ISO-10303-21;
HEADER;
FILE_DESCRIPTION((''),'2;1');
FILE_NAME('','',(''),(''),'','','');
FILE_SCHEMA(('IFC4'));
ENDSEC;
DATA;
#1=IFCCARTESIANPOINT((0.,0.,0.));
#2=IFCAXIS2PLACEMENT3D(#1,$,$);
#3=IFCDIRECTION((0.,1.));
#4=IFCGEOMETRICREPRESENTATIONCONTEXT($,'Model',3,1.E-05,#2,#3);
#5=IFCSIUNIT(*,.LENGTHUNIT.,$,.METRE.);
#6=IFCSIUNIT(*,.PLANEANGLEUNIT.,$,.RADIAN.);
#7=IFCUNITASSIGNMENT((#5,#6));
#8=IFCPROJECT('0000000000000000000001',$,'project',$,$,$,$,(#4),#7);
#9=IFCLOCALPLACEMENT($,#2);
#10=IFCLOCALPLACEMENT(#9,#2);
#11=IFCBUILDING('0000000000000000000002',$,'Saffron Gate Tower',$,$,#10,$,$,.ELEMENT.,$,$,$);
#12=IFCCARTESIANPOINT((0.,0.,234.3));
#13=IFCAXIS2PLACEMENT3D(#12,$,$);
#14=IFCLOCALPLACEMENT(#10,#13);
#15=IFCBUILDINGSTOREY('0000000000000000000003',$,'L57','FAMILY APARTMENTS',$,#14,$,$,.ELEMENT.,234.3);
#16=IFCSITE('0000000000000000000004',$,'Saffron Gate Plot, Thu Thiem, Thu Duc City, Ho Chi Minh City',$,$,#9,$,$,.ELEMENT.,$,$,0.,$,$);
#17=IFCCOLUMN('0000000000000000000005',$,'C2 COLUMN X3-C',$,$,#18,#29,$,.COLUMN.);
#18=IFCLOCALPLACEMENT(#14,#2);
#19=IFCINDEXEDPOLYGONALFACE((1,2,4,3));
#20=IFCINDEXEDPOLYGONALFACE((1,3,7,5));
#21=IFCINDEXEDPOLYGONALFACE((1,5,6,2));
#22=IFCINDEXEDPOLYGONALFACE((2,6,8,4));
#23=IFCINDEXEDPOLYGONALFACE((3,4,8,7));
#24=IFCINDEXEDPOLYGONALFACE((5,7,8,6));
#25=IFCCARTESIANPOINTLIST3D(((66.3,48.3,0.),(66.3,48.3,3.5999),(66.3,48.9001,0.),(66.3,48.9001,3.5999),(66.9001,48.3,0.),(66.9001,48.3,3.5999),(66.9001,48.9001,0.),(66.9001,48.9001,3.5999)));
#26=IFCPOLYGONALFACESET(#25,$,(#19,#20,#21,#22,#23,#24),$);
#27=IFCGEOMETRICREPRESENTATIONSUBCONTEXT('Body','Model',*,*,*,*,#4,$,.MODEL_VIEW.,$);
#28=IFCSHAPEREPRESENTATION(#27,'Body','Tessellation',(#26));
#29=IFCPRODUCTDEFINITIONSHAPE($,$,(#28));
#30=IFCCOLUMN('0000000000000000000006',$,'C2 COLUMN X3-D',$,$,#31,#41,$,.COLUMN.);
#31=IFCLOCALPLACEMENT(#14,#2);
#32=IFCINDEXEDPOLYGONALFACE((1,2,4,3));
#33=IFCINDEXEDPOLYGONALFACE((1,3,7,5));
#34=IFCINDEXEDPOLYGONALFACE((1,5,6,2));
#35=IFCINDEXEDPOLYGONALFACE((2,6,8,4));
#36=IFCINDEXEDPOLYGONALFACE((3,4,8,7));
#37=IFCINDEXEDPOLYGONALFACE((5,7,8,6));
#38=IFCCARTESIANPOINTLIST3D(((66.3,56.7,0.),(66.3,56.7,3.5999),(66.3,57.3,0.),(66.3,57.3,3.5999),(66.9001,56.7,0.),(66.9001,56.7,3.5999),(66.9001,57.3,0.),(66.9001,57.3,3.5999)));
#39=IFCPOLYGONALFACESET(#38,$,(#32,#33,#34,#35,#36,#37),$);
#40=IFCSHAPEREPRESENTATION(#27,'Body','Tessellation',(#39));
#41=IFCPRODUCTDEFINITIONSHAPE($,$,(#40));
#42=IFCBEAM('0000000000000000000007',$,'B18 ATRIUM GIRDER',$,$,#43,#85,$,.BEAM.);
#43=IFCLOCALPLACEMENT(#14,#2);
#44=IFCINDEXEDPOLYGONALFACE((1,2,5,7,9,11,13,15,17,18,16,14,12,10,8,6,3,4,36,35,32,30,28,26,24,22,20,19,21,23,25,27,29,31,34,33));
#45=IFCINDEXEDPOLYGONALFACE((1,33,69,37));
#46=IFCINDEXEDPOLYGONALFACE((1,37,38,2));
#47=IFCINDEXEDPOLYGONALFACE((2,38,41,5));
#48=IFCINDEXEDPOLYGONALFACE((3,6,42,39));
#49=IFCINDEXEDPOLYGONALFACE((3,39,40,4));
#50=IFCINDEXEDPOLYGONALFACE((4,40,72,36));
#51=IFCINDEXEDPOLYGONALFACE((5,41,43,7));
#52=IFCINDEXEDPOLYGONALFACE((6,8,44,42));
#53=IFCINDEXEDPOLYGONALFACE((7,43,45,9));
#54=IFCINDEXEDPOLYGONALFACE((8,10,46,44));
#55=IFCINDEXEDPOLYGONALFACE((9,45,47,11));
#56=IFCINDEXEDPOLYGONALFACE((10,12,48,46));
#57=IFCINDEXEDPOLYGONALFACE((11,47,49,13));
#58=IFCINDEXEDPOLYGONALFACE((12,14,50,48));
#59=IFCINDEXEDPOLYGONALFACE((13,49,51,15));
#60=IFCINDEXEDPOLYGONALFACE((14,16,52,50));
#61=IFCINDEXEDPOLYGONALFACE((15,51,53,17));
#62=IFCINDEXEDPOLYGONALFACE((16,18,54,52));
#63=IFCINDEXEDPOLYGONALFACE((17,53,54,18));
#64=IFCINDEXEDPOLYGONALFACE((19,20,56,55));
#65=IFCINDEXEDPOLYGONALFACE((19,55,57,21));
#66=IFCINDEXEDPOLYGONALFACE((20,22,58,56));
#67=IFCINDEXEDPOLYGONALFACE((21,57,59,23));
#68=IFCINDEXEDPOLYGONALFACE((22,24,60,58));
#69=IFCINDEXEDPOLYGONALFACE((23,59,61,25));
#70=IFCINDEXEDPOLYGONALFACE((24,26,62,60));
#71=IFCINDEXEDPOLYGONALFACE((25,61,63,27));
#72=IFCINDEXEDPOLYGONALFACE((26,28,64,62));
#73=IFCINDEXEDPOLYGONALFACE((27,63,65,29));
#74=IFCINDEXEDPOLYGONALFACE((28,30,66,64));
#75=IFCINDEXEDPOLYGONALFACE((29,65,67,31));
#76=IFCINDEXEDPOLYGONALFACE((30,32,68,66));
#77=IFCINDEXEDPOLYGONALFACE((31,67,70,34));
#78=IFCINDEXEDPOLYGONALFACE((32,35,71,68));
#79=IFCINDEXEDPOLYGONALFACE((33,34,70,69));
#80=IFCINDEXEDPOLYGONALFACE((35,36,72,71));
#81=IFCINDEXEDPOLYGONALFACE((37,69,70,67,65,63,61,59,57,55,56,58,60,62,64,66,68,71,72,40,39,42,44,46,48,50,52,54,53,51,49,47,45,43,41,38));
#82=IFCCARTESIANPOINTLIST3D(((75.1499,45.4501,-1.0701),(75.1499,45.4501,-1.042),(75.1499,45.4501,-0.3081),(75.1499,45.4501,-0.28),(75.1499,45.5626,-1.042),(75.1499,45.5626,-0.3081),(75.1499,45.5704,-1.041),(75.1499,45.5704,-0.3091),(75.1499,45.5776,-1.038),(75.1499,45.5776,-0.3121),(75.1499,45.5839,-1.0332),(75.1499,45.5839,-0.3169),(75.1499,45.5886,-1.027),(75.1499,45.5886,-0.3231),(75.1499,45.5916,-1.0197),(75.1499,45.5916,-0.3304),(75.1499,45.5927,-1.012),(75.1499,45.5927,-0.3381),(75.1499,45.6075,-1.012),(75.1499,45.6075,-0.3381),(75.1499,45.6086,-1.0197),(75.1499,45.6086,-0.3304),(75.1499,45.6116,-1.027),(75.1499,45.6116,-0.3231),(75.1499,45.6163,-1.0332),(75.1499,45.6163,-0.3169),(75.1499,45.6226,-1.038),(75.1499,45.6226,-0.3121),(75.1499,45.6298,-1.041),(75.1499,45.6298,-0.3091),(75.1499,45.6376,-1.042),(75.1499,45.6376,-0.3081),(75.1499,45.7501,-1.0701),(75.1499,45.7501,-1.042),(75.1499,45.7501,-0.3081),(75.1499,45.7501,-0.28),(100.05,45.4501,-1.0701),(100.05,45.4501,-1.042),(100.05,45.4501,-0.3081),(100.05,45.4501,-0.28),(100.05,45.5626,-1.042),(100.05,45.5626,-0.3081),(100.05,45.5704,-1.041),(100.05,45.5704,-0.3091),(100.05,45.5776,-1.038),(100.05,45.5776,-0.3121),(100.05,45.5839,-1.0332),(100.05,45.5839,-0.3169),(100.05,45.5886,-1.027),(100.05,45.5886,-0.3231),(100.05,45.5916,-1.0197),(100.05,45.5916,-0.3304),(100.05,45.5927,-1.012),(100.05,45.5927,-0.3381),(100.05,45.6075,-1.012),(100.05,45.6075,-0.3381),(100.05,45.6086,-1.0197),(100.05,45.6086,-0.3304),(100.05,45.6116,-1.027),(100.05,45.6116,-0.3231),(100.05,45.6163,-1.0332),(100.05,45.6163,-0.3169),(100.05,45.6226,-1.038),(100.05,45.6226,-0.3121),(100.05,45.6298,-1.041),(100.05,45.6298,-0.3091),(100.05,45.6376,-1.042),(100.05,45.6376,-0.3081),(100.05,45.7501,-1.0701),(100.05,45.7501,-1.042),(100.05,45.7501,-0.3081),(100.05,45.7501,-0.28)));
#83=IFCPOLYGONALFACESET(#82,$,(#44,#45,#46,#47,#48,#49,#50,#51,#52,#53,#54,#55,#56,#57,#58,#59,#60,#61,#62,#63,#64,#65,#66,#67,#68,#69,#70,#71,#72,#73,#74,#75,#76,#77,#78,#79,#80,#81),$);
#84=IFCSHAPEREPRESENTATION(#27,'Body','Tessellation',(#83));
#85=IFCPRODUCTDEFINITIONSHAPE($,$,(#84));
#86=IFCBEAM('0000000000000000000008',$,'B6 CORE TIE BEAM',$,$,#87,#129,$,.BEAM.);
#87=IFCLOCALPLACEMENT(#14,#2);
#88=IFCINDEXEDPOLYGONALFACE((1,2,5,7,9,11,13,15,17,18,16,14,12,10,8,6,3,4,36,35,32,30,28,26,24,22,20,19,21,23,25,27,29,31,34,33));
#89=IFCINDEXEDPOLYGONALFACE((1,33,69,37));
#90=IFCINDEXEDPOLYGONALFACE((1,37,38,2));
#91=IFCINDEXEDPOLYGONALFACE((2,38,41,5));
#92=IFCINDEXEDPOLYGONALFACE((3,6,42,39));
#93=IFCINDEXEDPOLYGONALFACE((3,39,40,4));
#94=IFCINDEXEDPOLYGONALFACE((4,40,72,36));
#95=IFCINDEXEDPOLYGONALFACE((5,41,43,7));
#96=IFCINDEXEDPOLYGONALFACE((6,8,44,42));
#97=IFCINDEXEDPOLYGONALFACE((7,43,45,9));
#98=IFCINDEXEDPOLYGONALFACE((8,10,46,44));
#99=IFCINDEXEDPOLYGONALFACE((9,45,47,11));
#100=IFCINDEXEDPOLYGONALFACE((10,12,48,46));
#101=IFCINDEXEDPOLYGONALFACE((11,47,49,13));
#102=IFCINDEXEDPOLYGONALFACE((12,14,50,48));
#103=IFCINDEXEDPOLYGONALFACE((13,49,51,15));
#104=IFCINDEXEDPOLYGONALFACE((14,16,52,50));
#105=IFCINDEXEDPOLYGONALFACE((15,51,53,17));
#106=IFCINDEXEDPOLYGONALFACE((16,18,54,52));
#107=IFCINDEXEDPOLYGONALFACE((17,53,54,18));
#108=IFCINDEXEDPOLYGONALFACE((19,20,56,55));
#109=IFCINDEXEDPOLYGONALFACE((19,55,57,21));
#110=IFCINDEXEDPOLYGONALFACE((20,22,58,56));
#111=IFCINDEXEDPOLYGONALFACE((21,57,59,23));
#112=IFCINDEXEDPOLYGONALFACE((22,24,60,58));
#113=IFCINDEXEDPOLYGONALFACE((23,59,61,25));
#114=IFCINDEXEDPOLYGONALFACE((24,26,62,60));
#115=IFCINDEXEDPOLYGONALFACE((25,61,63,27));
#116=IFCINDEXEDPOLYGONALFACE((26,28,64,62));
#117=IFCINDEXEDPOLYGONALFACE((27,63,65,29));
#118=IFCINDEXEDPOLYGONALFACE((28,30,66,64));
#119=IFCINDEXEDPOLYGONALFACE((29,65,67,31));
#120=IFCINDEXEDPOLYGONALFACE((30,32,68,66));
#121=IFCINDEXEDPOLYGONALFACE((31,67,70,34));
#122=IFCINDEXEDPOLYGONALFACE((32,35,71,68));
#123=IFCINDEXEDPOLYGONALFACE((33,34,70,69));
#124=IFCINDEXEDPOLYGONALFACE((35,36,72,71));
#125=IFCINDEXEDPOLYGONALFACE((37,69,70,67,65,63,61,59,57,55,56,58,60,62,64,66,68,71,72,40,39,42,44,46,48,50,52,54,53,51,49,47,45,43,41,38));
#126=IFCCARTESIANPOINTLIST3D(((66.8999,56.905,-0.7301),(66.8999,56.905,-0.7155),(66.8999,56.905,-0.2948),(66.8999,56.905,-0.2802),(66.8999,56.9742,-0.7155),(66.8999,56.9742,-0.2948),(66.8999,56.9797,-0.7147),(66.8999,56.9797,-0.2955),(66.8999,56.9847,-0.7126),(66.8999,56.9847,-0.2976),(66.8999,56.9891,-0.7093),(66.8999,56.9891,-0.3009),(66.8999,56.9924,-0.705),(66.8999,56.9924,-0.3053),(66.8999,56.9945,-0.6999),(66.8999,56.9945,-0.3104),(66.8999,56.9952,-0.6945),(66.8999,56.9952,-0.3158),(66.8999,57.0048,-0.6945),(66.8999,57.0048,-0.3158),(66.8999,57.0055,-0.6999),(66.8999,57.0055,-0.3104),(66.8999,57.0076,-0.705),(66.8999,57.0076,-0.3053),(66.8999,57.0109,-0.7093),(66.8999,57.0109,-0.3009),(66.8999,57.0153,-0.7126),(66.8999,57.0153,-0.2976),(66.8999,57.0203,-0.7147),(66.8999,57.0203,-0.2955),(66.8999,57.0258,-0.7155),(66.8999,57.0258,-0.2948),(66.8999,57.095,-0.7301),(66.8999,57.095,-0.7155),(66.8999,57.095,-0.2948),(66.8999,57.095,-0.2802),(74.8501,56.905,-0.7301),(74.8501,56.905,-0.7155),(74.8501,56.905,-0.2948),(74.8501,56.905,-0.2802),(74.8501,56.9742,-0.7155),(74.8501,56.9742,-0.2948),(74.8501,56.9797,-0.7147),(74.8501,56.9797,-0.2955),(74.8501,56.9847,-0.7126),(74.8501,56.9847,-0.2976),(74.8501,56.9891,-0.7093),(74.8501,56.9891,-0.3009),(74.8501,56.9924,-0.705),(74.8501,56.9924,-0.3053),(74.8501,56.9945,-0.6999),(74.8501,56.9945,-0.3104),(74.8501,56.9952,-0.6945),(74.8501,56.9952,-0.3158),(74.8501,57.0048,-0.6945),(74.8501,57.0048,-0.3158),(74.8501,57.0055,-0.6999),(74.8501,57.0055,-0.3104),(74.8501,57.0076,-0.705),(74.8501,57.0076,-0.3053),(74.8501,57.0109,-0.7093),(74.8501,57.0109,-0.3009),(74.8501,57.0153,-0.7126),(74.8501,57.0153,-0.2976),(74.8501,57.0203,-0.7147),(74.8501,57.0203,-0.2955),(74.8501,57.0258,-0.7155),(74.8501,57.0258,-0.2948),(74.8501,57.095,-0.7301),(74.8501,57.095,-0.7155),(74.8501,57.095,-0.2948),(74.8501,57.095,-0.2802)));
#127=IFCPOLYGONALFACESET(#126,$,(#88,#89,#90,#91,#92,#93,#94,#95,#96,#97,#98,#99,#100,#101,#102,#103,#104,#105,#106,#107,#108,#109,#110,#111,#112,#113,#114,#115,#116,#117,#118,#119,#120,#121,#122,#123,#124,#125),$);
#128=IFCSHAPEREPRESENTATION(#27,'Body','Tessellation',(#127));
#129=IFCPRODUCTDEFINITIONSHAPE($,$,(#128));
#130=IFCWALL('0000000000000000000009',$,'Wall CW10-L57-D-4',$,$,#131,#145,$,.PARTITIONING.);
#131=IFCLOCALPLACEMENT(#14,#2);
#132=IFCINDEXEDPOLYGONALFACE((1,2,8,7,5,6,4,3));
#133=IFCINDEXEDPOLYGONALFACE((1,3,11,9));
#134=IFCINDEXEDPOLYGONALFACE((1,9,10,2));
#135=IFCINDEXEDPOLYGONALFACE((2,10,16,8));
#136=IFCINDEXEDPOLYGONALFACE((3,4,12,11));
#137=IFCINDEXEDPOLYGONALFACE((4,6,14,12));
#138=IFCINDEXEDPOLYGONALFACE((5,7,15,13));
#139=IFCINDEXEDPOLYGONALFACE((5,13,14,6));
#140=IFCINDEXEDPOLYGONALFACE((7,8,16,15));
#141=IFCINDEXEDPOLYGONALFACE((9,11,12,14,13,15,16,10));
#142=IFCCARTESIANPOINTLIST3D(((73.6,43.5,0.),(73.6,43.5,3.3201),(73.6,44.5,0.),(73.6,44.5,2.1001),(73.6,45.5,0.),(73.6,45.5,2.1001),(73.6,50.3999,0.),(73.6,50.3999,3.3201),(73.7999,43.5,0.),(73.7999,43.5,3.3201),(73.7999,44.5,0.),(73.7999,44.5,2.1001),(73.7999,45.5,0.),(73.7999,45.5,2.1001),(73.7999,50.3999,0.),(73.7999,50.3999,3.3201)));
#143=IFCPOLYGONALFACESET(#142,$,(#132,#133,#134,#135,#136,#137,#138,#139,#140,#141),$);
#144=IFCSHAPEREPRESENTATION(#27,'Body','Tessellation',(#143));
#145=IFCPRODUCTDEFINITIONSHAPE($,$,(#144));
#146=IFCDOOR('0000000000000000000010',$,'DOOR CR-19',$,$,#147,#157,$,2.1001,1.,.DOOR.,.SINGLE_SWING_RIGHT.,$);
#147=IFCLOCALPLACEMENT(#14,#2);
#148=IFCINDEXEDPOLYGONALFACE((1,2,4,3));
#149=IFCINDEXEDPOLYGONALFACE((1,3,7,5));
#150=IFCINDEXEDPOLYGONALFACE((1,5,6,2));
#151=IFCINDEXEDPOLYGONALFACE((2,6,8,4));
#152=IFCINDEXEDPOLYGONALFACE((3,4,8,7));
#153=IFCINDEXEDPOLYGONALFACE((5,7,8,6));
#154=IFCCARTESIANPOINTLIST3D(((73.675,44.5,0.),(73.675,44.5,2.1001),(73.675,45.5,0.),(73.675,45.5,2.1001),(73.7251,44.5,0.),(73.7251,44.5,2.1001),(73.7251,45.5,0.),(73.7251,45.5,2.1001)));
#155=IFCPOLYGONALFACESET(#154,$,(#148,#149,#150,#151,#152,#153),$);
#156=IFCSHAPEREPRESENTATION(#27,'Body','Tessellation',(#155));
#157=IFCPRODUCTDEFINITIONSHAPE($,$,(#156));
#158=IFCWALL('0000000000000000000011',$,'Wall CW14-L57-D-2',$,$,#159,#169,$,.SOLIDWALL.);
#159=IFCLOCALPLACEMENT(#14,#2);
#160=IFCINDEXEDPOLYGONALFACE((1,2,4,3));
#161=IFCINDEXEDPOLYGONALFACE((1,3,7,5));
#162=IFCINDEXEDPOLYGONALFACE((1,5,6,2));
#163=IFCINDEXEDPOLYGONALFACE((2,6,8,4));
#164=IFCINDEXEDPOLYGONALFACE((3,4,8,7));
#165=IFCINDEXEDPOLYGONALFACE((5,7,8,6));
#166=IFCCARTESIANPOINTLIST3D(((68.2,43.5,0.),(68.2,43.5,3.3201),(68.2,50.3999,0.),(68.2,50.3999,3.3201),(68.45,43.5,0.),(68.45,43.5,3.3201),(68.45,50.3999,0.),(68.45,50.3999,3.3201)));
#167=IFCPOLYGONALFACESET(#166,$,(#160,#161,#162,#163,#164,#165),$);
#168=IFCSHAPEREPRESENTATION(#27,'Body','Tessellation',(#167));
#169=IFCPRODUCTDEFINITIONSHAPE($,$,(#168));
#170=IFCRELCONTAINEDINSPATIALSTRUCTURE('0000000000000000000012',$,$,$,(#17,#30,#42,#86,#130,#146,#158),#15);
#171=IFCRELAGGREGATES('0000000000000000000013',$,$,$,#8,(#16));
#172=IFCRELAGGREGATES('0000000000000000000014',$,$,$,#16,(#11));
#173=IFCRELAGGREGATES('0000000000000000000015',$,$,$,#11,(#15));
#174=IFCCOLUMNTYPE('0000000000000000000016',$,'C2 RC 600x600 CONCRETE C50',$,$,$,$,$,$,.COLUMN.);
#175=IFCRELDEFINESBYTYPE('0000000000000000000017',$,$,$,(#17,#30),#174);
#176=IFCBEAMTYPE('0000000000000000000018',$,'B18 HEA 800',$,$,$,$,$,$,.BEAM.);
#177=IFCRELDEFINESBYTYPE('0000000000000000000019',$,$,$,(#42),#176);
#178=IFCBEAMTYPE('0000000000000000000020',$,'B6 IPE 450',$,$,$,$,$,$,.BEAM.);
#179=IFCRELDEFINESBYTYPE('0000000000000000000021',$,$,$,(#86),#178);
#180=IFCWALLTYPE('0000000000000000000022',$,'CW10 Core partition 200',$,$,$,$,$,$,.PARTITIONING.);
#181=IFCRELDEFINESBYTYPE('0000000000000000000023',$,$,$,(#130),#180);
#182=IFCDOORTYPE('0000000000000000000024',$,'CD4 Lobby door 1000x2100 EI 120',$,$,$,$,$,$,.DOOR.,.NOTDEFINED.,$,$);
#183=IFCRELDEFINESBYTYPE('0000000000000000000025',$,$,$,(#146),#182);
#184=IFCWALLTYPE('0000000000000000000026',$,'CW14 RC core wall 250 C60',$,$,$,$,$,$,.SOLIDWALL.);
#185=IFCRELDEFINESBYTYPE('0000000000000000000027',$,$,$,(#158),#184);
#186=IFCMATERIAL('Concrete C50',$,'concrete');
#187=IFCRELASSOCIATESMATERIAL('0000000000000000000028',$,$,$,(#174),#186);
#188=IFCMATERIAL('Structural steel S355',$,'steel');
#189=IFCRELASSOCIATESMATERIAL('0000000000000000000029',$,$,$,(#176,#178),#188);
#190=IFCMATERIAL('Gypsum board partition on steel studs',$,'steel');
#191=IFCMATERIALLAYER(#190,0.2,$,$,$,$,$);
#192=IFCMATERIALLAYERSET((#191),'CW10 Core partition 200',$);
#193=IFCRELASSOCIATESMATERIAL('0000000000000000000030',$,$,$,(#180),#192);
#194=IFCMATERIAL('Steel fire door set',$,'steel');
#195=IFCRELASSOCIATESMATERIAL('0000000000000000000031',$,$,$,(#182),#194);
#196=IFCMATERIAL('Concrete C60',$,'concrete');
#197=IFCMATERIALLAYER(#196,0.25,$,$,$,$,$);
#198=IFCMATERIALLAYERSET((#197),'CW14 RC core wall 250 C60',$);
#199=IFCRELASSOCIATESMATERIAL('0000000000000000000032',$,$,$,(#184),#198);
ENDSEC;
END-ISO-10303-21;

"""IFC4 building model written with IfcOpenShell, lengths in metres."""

from ifc_helpers import new_model, si_unit, direction, frame, frame_2d, origin, origin_2d, place, context, subcontext, project, spatial, rectangle, i_section, extrude, material, layer, layer_set, material_profile, profile_set, type_object, element, fill, save


model = new_model("IFC4")

# Units and contexts
model_context = context("Model", 3, precision=1e-05, world=origin(), true_north=direction((0.0, 1.0)))
body_context = subcontext(model_context, "Body", "Model", "MODEL_VIEW")
ifc_project = project(units=[si_unit("LENGTHUNIT", "METRE"), si_unit("PLANEANGLEUNIT", "RADIAN")], contexts=[model_context])

# Site, building, storey
site_placement = place(None, origin())
site = spatial("IfcSite", under=ifc_project, at=site_placement, Name="Saffron Gate Plot, Thu Thiem, Thu Duc City, Ho Chi Minh City", CompositionType="ELEMENT", RefElevation=0.0)
building_placement = place(site_placement, origin())
building = spatial("IfcBuilding", under=site, at=building_placement, Name="Saffron Gate Tower", CompositionType="ELEMENT")
storey_placement = place(building_placement, frame((0.0, 0.0, 234.3)))
storey = spatial("IfcBuildingStorey", under=building, at=storey_placement, Name="L57", Description="FAMILY APARTMENTS", CompositionType="ELEMENT", Elevation=234.3)

# Columns
ifc_material_1 = material(Name="Concrete C50", Category="concrete")
ifc_material_profile_1 = material_profile(ifc_material_1, rectangle(XDim=0.6001, YDim=0.6001, at=origin_2d()))
ifc_profile_set_1 = profile_set([ifc_material_profile_1], Name="Concrete C50")
column_type = type_object("IfcColumnType", Name="C2 RC 600x600 CONCRETE C50", PredefinedType="COLUMN", material=ifc_profile_set_1)
for number, where, z_axis, x_axis, name in (
    (1, (66.6001, 48.6001, 0.0), (0.0, 0.0, 1.0), (1.0, 0.0, 0.0), "C2 COLUMN X3-C"),
    (2, (66.6001, 57.0, 0.0), (0.0, 0.0, 1.0), (1.0, 0.0, 0.0), "C2 COLUMN X3-D"),
):
    element("IfcColumn", number, at=place(storey_placement, frame(where, z_axis=z_axis, x_axis=x_axis)), inside=storey, type_object=column_type, Name=name, PredefinedType="COLUMN", context=body_context, shape_type="SweptSolid", body=[
        extrude(rectangle(XDim=0.6001, YDim=0.6001, at=origin_2d()), origin(), (0.0, 0.0, 1.0), 3.5999),
    ])

# Beams
ifc_material_2 = material(Name="Structural steel S355", Category="steel")
ifc_material_profile_2 = material_profile(ifc_material_2, i_section(OverallWidth=0.3, OverallDepth=0.79, WebThickness=0.0149, FlangeThickness=0.0281, FilletRadius=0.03, at=origin_2d()))
ifc_profile_set_2 = profile_set([ifc_material_profile_2], Name="Structural steel S355")
beam_type_1 = type_object("IfcBeamType", Name="B18 HEA 800", PredefinedType="BEAM", material=ifc_profile_set_2)
beam_1_placement = place(storey_placement, frame((75.1499, 45.6001, -0.675), z_axis=(1.0, 0.0, 0.0), x_axis=(0.0, 1.0, 0.0)))
element("IfcBeam", 3, at=beam_1_placement, inside=storey, type_object=beam_type_1, Name="B18 ATRIUM GIRDER", PredefinedType="BEAM", context=body_context, shape_type="SweptSolid", body=[
    extrude(i_section(OverallWidth=0.3, OverallDepth=0.79, WebThickness=0.0149, FlangeThickness=0.0281, FilletRadius=0.03, at=origin_2d()), origin(), (0.0, 0.0, 1.0), 24.9001),
])
ifc_material_profile_3 = material_profile(ifc_material_2, i_section(OverallWidth=0.1899, OverallDepth=0.45, WebThickness=0.0095, FlangeThickness=0.0146, FilletRadius=0.021, at=origin_2d()))
ifc_profile_set_3 = profile_set([ifc_material_profile_3], Name="Structural steel S355")
beam_type_2 = type_object("IfcBeamType", Name="B6 IPE 450", PredefinedType="BEAM", material=ifc_profile_set_3)
beam_2_placement = place(storey_placement, frame((66.8999, 57.0, -0.5051), z_axis=(1.0, 0.0, 0.0), x_axis=(0.0, 1.0, 0.0)))
element("IfcBeam", 4, at=beam_2_placement, inside=storey, type_object=beam_type_2, Name="B6 CORE TIE BEAM", PredefinedType="BEAM", context=body_context, shape_type="SweptSolid", body=[
    extrude(i_section(OverallWidth=0.1899, OverallDepth=0.45, WebThickness=0.0095, FlangeThickness=0.0146, FilletRadius=0.021, at=origin_2d()), origin(), (0.0, 0.0, 1.0), 7.9502),
])

# Wall, opening, door
ifc_material_3 = material(Name="Gypsum board partition on steel studs", Category="steel")
ifc_layer_1 = layer(ifc_material_3, 0.2)
ifc_layer_set_1 = layer_set([ifc_layer_1], Name="CW10 Core partition 200")
wall_type_1 = type_object("IfcWallType", Name="CW10 Core partition 200", PredefinedType="PARTITIONING", material=ifc_layer_set_1)
wall_1_placement = place(storey_placement, frame((73.7, 43.5, 0.0), z_axis=(0.0, 0.0, 1.0), x_axis=(0.0, 1.0, 0.0)))
wall_1 = element("IfcWall", 5, at=wall_1_placement, inside=storey, type_object=wall_type_1, Name="Wall CW10-L57-D-4", PredefinedType="PARTITIONING", context=body_context, shape_type="SweptSolid", body=[
    extrude(rectangle(XDim=6.8999, YDim=0.2, at=frame_2d((3.45, 0.0))), origin(), (0.0, 0.0, 1.0), 3.3201),
])
opening_1_placement = place(wall_1_placement, frame((1.0, 0.0, 0.0)))
opening_1 = element("IfcOpeningElement", 6, at=opening_1_placement, cuts=wall_1, PredefinedType="OPENING", context=body_context, shape_type="SweptSolid", body=[
    extrude(rectangle(XDim=1.0, YDim=2.1001, at=frame_2d((0.5, 1.05))), frame((0.0, 0.1099, 0.0), z_axis=(0.0, -1.0, 0.0), x_axis=(1.0, 0.0, 0.0)), (0.0, 0.0, 1.0), 0.22),
])
ifc_material_4 = material(Name="Steel fire door set", Category="steel")
door_type_1 = type_object("IfcDoorType", Name="CD4 Lobby door 1000x2100 EI 120", OperationType="NOTDEFINED", PredefinedType="DOOR", material=ifc_material_4)
door_1_placement = place(opening_1_placement, origin())
door_1 = element("IfcDoor", 7, at=door_1_placement, inside=storey, type_object=door_type_1, Name="DOOR CR-19", OperationType="SINGLE_SWING_RIGHT", OverallHeight=2.1001, OverallWidth=1.0, PredefinedType="DOOR", context=body_context, shape_type="SweptSolid", body=[
    extrude(rectangle(XDim=1.0, YDim=2.1001, at=frame_2d((0.5, 1.05))), frame((0.0, 0.0249, 0.0), z_axis=(0.0, -1.0, 0.0), x_axis=(1.0, 0.0, 0.0)), (0.0, 0.0, 1.0), 0.05),
])
fill(opening_1, door_1)

# Wall
ifc_material_5 = material(Name="Concrete C60", Category="concrete")
ifc_layer_2 = layer(ifc_material_5, 0.25)
ifc_layer_set_2 = layer_set([ifc_layer_2], Name="CW14 RC core wall 250 C60")
wall_type_2 = type_object("IfcWallType", Name="CW14 RC core wall 250 C60", PredefinedType="SOLIDWALL", material=ifc_layer_set_2)
wall_2_placement = place(storey_placement, frame((68.325, 43.5, 0.0), z_axis=(0.0, 0.0, 1.0), x_axis=(0.0, 1.0, 0.0)))
element("IfcWall", 8, at=wall_2_placement, inside=storey, type_object=wall_type_2, Name="Wall CW14-L57-D-2", PredefinedType="SOLIDWALL", context=body_context, shape_type="SweptSolid", body=[
    extrude(rectangle(XDim=6.8999, YDim=0.25, at=frame_2d((3.45, 0.0))), origin(), (0.0, 0.0, 1.0), 3.3201),
])

save(model, "model.ifc")
